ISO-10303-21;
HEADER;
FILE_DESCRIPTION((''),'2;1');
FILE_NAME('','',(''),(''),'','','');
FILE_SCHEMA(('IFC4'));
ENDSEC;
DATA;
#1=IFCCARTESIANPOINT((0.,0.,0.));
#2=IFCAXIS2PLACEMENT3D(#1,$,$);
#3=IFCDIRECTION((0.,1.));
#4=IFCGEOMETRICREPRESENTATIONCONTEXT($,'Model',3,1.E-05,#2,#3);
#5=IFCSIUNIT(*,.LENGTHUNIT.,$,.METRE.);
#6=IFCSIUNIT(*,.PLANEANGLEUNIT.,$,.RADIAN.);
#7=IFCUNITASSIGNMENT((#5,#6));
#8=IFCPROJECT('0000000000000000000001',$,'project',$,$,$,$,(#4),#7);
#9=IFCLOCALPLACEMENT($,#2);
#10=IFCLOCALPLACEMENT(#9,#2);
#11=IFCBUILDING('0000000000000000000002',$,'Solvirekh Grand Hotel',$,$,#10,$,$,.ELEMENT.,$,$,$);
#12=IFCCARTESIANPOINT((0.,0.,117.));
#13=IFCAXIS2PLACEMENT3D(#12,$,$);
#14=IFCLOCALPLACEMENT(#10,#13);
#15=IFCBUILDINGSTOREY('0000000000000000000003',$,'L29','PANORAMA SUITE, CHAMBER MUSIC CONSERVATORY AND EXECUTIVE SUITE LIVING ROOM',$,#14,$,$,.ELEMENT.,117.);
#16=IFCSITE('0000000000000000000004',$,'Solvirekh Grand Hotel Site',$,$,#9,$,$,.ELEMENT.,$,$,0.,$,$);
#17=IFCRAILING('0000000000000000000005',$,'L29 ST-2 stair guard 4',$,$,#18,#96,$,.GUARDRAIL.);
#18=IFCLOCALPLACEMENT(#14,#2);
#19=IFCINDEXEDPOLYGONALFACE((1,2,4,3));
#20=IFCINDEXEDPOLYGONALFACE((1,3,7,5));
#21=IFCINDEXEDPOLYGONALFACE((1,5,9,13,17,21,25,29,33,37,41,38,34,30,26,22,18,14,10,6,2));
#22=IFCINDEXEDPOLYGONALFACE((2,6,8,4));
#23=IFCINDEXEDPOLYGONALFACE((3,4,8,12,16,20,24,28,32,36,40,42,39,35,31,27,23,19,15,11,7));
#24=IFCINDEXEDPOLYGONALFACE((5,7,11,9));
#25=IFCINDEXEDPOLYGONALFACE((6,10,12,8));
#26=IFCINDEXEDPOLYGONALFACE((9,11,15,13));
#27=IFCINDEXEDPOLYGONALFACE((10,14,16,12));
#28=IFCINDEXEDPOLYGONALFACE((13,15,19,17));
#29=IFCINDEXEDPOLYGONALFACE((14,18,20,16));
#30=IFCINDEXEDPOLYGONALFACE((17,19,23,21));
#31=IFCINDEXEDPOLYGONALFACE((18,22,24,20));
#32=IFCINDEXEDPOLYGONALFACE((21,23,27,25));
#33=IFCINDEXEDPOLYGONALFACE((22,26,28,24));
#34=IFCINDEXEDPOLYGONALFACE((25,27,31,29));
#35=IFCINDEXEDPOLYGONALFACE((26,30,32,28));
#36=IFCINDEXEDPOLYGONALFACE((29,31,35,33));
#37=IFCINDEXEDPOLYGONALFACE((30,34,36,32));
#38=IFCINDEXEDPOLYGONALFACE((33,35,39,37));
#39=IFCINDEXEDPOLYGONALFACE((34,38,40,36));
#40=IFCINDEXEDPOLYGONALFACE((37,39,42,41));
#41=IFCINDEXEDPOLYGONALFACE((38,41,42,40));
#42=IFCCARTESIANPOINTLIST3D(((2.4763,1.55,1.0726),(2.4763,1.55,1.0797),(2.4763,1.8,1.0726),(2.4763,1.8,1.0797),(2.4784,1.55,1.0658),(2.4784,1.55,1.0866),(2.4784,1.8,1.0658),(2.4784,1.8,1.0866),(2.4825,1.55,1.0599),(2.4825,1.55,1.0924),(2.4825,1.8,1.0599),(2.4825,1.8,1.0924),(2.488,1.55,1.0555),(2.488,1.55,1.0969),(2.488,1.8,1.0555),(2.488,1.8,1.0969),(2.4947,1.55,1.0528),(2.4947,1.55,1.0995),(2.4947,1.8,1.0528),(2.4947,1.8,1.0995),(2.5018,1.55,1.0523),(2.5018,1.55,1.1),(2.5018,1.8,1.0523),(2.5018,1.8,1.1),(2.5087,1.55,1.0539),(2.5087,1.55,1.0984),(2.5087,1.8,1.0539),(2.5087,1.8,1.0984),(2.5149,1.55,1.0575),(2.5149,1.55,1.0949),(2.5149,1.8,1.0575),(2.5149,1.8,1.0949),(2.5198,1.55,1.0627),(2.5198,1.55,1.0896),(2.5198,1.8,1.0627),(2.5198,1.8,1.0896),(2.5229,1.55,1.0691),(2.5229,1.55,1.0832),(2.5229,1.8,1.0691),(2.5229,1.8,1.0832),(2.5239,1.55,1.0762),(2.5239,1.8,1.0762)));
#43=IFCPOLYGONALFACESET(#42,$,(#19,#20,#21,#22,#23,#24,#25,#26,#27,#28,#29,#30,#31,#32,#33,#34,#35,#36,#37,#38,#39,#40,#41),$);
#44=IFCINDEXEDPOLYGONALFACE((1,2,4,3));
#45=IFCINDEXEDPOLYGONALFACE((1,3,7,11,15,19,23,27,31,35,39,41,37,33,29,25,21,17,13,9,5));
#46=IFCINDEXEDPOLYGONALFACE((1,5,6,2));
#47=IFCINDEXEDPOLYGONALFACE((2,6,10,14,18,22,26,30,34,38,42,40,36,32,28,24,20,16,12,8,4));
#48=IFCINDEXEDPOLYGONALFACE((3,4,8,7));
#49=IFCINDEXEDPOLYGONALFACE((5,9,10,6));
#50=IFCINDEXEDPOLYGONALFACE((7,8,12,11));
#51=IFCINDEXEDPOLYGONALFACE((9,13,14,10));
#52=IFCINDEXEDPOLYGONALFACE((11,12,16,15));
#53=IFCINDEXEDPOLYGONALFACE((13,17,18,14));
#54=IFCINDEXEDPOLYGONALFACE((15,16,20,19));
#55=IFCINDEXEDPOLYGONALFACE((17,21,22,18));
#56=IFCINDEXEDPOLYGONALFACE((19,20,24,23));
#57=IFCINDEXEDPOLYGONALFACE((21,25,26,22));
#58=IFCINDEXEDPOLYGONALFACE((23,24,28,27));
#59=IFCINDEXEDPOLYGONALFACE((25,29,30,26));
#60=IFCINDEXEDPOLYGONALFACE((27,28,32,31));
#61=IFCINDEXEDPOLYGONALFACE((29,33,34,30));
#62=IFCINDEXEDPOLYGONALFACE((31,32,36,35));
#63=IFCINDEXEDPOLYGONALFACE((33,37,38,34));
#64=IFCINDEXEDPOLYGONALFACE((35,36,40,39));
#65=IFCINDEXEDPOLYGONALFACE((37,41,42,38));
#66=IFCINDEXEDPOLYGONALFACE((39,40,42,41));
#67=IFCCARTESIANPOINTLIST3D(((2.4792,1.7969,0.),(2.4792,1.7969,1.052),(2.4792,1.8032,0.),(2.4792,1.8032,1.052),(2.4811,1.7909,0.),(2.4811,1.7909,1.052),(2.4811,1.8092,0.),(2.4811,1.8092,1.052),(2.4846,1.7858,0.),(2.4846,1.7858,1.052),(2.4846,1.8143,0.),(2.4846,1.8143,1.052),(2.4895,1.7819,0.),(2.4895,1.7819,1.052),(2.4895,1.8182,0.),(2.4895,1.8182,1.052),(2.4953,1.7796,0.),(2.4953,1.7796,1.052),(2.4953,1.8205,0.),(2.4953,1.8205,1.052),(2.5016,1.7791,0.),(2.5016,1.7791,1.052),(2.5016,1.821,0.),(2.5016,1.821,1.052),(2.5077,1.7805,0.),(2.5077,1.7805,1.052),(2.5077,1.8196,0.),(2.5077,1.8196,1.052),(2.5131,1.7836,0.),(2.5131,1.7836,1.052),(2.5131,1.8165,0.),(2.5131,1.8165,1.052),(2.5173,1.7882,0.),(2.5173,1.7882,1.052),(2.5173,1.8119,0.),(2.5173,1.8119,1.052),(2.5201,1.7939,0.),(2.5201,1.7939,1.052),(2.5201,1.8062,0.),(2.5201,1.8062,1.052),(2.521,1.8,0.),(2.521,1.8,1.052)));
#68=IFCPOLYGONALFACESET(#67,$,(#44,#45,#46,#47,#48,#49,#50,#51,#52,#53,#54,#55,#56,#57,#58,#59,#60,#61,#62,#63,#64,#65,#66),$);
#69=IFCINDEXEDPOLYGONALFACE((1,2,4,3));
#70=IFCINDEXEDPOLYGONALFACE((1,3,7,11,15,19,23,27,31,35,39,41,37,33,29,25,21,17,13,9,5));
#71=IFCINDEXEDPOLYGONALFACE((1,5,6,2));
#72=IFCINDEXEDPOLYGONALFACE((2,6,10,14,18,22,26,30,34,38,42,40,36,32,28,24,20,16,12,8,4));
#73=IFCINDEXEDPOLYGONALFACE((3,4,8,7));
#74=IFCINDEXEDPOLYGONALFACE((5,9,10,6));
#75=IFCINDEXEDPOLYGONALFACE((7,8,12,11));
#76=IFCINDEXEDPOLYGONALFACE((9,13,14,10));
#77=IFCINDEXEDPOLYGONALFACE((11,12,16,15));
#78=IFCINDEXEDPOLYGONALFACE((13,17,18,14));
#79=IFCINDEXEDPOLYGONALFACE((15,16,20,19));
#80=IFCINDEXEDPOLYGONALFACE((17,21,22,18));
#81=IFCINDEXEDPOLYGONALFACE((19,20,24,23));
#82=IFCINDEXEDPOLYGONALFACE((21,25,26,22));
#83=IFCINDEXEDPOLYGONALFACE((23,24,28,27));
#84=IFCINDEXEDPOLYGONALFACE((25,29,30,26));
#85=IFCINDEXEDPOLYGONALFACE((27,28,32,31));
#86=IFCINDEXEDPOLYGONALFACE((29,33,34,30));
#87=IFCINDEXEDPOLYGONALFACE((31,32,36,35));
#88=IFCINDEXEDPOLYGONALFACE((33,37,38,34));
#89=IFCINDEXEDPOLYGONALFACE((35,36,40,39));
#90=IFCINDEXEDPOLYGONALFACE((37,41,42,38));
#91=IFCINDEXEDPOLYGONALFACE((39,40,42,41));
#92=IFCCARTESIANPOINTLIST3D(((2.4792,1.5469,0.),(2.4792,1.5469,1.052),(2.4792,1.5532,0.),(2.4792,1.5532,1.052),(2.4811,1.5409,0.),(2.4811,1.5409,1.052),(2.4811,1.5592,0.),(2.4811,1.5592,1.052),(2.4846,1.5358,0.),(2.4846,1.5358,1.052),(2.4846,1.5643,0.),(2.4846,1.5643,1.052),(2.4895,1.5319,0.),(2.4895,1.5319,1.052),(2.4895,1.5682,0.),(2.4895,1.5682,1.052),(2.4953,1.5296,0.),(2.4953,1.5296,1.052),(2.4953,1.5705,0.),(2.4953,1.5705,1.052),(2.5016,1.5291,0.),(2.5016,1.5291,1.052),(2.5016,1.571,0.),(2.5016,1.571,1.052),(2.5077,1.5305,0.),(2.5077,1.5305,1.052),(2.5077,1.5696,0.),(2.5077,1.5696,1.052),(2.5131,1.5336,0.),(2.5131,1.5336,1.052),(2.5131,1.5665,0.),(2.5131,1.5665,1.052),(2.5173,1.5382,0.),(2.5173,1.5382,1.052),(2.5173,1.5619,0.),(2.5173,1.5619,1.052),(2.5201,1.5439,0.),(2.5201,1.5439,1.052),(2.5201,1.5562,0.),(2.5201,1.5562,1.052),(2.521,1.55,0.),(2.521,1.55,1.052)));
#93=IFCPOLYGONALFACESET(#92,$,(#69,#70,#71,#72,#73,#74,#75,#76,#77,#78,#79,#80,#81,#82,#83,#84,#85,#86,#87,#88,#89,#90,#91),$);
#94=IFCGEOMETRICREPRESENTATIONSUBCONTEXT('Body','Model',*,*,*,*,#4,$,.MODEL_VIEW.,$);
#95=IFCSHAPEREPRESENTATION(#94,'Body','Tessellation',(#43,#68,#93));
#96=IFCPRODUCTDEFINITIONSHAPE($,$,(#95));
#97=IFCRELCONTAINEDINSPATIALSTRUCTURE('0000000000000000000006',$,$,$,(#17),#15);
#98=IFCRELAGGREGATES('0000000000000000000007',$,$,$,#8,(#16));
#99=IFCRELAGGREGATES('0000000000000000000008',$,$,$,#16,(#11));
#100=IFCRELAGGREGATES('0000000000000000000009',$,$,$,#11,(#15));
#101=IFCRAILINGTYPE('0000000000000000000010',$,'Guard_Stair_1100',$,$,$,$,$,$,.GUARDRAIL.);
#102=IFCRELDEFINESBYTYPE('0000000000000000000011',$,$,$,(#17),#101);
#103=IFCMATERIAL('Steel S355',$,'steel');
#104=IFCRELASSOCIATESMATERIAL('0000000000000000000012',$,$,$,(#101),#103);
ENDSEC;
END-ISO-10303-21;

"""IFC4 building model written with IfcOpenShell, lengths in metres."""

from ifc_helpers import new_model, si_unit, direction, frame, origin, origin_2d, place, context, subcontext, project, spatial, circle, extrude, material, type_object, element, save


model = new_model("IFC4")

# Units and contexts
model_context = context("Model", 3, precision=1e-05, world=origin(), true_north=direction((0.0, 1.0)))
body_context = subcontext(model_context, "Body", "Model", "MODEL_VIEW")
ifc_project = project(units=[si_unit("LENGTHUNIT", "METRE"), si_unit("PLANEANGLEUNIT", "RADIAN")], contexts=[model_context])

# Site, building, storey
site_placement = place(None, origin())
site = spatial("IfcSite", under=ifc_project, at=site_placement, Name="Solvirekh Grand Hotel Site", CompositionType="ELEMENT", RefElevation=0.0)
building_placement = place(site_placement, origin())
building = spatial("IfcBuilding", under=site, at=building_placement, Name="Solvirekh Grand Hotel", CompositionType="ELEMENT")
storey_placement = place(building_placement, frame((0.0, 0.0, 117.0)))
storey = spatial("IfcBuildingStorey", under=building, at=storey_placement, Name="L29", Description="PANORAMA SUITE, CHAMBER MUSIC CONSERVATORY AND EXECUTIVE SUITE LIVING ROOM", CompositionType="ELEMENT", Elevation=117.0)

# Shared definitions
ifc_material_1 = material(Name="Steel S355", Category="steel")

# Railing
railing_type_1 = type_object("IfcRailingType", Name="Guard_Stair_1100", PredefinedType="GUARDRAIL", material=ifc_material_1)
railing_1_placement = place(storey_placement, frame((2.5, 1.8, 0.0)))
element("IfcRailing", 1, at=railing_1_placement, inside=storey, type_object=railing_type_1, Name="L29 ST-2 stair guard 4", PredefinedType="GUARDRAIL", context=body_context, shape_type="SweptSolid", body=[
    extrude(circle(Radius=0.0239, at=origin_2d()), frame((0.0, 0.0, 1.0762), z_axis=(0.0, -1.0, 0.0), x_axis=(1.0, 0.0, 0.0)), (0.0, 0.0, 1.0), 0.25),
    extrude(circle(Radius=0.021, at=origin_2d()), origin(), (0.0, 0.0, 1.0), 1.052),
    extrude(circle(Radius=0.021, at=origin_2d()), frame((0.0, -0.25, 0.0)), (0.0, 0.0, 1.0), 1.052),
])

save(model, "model.ifc")
